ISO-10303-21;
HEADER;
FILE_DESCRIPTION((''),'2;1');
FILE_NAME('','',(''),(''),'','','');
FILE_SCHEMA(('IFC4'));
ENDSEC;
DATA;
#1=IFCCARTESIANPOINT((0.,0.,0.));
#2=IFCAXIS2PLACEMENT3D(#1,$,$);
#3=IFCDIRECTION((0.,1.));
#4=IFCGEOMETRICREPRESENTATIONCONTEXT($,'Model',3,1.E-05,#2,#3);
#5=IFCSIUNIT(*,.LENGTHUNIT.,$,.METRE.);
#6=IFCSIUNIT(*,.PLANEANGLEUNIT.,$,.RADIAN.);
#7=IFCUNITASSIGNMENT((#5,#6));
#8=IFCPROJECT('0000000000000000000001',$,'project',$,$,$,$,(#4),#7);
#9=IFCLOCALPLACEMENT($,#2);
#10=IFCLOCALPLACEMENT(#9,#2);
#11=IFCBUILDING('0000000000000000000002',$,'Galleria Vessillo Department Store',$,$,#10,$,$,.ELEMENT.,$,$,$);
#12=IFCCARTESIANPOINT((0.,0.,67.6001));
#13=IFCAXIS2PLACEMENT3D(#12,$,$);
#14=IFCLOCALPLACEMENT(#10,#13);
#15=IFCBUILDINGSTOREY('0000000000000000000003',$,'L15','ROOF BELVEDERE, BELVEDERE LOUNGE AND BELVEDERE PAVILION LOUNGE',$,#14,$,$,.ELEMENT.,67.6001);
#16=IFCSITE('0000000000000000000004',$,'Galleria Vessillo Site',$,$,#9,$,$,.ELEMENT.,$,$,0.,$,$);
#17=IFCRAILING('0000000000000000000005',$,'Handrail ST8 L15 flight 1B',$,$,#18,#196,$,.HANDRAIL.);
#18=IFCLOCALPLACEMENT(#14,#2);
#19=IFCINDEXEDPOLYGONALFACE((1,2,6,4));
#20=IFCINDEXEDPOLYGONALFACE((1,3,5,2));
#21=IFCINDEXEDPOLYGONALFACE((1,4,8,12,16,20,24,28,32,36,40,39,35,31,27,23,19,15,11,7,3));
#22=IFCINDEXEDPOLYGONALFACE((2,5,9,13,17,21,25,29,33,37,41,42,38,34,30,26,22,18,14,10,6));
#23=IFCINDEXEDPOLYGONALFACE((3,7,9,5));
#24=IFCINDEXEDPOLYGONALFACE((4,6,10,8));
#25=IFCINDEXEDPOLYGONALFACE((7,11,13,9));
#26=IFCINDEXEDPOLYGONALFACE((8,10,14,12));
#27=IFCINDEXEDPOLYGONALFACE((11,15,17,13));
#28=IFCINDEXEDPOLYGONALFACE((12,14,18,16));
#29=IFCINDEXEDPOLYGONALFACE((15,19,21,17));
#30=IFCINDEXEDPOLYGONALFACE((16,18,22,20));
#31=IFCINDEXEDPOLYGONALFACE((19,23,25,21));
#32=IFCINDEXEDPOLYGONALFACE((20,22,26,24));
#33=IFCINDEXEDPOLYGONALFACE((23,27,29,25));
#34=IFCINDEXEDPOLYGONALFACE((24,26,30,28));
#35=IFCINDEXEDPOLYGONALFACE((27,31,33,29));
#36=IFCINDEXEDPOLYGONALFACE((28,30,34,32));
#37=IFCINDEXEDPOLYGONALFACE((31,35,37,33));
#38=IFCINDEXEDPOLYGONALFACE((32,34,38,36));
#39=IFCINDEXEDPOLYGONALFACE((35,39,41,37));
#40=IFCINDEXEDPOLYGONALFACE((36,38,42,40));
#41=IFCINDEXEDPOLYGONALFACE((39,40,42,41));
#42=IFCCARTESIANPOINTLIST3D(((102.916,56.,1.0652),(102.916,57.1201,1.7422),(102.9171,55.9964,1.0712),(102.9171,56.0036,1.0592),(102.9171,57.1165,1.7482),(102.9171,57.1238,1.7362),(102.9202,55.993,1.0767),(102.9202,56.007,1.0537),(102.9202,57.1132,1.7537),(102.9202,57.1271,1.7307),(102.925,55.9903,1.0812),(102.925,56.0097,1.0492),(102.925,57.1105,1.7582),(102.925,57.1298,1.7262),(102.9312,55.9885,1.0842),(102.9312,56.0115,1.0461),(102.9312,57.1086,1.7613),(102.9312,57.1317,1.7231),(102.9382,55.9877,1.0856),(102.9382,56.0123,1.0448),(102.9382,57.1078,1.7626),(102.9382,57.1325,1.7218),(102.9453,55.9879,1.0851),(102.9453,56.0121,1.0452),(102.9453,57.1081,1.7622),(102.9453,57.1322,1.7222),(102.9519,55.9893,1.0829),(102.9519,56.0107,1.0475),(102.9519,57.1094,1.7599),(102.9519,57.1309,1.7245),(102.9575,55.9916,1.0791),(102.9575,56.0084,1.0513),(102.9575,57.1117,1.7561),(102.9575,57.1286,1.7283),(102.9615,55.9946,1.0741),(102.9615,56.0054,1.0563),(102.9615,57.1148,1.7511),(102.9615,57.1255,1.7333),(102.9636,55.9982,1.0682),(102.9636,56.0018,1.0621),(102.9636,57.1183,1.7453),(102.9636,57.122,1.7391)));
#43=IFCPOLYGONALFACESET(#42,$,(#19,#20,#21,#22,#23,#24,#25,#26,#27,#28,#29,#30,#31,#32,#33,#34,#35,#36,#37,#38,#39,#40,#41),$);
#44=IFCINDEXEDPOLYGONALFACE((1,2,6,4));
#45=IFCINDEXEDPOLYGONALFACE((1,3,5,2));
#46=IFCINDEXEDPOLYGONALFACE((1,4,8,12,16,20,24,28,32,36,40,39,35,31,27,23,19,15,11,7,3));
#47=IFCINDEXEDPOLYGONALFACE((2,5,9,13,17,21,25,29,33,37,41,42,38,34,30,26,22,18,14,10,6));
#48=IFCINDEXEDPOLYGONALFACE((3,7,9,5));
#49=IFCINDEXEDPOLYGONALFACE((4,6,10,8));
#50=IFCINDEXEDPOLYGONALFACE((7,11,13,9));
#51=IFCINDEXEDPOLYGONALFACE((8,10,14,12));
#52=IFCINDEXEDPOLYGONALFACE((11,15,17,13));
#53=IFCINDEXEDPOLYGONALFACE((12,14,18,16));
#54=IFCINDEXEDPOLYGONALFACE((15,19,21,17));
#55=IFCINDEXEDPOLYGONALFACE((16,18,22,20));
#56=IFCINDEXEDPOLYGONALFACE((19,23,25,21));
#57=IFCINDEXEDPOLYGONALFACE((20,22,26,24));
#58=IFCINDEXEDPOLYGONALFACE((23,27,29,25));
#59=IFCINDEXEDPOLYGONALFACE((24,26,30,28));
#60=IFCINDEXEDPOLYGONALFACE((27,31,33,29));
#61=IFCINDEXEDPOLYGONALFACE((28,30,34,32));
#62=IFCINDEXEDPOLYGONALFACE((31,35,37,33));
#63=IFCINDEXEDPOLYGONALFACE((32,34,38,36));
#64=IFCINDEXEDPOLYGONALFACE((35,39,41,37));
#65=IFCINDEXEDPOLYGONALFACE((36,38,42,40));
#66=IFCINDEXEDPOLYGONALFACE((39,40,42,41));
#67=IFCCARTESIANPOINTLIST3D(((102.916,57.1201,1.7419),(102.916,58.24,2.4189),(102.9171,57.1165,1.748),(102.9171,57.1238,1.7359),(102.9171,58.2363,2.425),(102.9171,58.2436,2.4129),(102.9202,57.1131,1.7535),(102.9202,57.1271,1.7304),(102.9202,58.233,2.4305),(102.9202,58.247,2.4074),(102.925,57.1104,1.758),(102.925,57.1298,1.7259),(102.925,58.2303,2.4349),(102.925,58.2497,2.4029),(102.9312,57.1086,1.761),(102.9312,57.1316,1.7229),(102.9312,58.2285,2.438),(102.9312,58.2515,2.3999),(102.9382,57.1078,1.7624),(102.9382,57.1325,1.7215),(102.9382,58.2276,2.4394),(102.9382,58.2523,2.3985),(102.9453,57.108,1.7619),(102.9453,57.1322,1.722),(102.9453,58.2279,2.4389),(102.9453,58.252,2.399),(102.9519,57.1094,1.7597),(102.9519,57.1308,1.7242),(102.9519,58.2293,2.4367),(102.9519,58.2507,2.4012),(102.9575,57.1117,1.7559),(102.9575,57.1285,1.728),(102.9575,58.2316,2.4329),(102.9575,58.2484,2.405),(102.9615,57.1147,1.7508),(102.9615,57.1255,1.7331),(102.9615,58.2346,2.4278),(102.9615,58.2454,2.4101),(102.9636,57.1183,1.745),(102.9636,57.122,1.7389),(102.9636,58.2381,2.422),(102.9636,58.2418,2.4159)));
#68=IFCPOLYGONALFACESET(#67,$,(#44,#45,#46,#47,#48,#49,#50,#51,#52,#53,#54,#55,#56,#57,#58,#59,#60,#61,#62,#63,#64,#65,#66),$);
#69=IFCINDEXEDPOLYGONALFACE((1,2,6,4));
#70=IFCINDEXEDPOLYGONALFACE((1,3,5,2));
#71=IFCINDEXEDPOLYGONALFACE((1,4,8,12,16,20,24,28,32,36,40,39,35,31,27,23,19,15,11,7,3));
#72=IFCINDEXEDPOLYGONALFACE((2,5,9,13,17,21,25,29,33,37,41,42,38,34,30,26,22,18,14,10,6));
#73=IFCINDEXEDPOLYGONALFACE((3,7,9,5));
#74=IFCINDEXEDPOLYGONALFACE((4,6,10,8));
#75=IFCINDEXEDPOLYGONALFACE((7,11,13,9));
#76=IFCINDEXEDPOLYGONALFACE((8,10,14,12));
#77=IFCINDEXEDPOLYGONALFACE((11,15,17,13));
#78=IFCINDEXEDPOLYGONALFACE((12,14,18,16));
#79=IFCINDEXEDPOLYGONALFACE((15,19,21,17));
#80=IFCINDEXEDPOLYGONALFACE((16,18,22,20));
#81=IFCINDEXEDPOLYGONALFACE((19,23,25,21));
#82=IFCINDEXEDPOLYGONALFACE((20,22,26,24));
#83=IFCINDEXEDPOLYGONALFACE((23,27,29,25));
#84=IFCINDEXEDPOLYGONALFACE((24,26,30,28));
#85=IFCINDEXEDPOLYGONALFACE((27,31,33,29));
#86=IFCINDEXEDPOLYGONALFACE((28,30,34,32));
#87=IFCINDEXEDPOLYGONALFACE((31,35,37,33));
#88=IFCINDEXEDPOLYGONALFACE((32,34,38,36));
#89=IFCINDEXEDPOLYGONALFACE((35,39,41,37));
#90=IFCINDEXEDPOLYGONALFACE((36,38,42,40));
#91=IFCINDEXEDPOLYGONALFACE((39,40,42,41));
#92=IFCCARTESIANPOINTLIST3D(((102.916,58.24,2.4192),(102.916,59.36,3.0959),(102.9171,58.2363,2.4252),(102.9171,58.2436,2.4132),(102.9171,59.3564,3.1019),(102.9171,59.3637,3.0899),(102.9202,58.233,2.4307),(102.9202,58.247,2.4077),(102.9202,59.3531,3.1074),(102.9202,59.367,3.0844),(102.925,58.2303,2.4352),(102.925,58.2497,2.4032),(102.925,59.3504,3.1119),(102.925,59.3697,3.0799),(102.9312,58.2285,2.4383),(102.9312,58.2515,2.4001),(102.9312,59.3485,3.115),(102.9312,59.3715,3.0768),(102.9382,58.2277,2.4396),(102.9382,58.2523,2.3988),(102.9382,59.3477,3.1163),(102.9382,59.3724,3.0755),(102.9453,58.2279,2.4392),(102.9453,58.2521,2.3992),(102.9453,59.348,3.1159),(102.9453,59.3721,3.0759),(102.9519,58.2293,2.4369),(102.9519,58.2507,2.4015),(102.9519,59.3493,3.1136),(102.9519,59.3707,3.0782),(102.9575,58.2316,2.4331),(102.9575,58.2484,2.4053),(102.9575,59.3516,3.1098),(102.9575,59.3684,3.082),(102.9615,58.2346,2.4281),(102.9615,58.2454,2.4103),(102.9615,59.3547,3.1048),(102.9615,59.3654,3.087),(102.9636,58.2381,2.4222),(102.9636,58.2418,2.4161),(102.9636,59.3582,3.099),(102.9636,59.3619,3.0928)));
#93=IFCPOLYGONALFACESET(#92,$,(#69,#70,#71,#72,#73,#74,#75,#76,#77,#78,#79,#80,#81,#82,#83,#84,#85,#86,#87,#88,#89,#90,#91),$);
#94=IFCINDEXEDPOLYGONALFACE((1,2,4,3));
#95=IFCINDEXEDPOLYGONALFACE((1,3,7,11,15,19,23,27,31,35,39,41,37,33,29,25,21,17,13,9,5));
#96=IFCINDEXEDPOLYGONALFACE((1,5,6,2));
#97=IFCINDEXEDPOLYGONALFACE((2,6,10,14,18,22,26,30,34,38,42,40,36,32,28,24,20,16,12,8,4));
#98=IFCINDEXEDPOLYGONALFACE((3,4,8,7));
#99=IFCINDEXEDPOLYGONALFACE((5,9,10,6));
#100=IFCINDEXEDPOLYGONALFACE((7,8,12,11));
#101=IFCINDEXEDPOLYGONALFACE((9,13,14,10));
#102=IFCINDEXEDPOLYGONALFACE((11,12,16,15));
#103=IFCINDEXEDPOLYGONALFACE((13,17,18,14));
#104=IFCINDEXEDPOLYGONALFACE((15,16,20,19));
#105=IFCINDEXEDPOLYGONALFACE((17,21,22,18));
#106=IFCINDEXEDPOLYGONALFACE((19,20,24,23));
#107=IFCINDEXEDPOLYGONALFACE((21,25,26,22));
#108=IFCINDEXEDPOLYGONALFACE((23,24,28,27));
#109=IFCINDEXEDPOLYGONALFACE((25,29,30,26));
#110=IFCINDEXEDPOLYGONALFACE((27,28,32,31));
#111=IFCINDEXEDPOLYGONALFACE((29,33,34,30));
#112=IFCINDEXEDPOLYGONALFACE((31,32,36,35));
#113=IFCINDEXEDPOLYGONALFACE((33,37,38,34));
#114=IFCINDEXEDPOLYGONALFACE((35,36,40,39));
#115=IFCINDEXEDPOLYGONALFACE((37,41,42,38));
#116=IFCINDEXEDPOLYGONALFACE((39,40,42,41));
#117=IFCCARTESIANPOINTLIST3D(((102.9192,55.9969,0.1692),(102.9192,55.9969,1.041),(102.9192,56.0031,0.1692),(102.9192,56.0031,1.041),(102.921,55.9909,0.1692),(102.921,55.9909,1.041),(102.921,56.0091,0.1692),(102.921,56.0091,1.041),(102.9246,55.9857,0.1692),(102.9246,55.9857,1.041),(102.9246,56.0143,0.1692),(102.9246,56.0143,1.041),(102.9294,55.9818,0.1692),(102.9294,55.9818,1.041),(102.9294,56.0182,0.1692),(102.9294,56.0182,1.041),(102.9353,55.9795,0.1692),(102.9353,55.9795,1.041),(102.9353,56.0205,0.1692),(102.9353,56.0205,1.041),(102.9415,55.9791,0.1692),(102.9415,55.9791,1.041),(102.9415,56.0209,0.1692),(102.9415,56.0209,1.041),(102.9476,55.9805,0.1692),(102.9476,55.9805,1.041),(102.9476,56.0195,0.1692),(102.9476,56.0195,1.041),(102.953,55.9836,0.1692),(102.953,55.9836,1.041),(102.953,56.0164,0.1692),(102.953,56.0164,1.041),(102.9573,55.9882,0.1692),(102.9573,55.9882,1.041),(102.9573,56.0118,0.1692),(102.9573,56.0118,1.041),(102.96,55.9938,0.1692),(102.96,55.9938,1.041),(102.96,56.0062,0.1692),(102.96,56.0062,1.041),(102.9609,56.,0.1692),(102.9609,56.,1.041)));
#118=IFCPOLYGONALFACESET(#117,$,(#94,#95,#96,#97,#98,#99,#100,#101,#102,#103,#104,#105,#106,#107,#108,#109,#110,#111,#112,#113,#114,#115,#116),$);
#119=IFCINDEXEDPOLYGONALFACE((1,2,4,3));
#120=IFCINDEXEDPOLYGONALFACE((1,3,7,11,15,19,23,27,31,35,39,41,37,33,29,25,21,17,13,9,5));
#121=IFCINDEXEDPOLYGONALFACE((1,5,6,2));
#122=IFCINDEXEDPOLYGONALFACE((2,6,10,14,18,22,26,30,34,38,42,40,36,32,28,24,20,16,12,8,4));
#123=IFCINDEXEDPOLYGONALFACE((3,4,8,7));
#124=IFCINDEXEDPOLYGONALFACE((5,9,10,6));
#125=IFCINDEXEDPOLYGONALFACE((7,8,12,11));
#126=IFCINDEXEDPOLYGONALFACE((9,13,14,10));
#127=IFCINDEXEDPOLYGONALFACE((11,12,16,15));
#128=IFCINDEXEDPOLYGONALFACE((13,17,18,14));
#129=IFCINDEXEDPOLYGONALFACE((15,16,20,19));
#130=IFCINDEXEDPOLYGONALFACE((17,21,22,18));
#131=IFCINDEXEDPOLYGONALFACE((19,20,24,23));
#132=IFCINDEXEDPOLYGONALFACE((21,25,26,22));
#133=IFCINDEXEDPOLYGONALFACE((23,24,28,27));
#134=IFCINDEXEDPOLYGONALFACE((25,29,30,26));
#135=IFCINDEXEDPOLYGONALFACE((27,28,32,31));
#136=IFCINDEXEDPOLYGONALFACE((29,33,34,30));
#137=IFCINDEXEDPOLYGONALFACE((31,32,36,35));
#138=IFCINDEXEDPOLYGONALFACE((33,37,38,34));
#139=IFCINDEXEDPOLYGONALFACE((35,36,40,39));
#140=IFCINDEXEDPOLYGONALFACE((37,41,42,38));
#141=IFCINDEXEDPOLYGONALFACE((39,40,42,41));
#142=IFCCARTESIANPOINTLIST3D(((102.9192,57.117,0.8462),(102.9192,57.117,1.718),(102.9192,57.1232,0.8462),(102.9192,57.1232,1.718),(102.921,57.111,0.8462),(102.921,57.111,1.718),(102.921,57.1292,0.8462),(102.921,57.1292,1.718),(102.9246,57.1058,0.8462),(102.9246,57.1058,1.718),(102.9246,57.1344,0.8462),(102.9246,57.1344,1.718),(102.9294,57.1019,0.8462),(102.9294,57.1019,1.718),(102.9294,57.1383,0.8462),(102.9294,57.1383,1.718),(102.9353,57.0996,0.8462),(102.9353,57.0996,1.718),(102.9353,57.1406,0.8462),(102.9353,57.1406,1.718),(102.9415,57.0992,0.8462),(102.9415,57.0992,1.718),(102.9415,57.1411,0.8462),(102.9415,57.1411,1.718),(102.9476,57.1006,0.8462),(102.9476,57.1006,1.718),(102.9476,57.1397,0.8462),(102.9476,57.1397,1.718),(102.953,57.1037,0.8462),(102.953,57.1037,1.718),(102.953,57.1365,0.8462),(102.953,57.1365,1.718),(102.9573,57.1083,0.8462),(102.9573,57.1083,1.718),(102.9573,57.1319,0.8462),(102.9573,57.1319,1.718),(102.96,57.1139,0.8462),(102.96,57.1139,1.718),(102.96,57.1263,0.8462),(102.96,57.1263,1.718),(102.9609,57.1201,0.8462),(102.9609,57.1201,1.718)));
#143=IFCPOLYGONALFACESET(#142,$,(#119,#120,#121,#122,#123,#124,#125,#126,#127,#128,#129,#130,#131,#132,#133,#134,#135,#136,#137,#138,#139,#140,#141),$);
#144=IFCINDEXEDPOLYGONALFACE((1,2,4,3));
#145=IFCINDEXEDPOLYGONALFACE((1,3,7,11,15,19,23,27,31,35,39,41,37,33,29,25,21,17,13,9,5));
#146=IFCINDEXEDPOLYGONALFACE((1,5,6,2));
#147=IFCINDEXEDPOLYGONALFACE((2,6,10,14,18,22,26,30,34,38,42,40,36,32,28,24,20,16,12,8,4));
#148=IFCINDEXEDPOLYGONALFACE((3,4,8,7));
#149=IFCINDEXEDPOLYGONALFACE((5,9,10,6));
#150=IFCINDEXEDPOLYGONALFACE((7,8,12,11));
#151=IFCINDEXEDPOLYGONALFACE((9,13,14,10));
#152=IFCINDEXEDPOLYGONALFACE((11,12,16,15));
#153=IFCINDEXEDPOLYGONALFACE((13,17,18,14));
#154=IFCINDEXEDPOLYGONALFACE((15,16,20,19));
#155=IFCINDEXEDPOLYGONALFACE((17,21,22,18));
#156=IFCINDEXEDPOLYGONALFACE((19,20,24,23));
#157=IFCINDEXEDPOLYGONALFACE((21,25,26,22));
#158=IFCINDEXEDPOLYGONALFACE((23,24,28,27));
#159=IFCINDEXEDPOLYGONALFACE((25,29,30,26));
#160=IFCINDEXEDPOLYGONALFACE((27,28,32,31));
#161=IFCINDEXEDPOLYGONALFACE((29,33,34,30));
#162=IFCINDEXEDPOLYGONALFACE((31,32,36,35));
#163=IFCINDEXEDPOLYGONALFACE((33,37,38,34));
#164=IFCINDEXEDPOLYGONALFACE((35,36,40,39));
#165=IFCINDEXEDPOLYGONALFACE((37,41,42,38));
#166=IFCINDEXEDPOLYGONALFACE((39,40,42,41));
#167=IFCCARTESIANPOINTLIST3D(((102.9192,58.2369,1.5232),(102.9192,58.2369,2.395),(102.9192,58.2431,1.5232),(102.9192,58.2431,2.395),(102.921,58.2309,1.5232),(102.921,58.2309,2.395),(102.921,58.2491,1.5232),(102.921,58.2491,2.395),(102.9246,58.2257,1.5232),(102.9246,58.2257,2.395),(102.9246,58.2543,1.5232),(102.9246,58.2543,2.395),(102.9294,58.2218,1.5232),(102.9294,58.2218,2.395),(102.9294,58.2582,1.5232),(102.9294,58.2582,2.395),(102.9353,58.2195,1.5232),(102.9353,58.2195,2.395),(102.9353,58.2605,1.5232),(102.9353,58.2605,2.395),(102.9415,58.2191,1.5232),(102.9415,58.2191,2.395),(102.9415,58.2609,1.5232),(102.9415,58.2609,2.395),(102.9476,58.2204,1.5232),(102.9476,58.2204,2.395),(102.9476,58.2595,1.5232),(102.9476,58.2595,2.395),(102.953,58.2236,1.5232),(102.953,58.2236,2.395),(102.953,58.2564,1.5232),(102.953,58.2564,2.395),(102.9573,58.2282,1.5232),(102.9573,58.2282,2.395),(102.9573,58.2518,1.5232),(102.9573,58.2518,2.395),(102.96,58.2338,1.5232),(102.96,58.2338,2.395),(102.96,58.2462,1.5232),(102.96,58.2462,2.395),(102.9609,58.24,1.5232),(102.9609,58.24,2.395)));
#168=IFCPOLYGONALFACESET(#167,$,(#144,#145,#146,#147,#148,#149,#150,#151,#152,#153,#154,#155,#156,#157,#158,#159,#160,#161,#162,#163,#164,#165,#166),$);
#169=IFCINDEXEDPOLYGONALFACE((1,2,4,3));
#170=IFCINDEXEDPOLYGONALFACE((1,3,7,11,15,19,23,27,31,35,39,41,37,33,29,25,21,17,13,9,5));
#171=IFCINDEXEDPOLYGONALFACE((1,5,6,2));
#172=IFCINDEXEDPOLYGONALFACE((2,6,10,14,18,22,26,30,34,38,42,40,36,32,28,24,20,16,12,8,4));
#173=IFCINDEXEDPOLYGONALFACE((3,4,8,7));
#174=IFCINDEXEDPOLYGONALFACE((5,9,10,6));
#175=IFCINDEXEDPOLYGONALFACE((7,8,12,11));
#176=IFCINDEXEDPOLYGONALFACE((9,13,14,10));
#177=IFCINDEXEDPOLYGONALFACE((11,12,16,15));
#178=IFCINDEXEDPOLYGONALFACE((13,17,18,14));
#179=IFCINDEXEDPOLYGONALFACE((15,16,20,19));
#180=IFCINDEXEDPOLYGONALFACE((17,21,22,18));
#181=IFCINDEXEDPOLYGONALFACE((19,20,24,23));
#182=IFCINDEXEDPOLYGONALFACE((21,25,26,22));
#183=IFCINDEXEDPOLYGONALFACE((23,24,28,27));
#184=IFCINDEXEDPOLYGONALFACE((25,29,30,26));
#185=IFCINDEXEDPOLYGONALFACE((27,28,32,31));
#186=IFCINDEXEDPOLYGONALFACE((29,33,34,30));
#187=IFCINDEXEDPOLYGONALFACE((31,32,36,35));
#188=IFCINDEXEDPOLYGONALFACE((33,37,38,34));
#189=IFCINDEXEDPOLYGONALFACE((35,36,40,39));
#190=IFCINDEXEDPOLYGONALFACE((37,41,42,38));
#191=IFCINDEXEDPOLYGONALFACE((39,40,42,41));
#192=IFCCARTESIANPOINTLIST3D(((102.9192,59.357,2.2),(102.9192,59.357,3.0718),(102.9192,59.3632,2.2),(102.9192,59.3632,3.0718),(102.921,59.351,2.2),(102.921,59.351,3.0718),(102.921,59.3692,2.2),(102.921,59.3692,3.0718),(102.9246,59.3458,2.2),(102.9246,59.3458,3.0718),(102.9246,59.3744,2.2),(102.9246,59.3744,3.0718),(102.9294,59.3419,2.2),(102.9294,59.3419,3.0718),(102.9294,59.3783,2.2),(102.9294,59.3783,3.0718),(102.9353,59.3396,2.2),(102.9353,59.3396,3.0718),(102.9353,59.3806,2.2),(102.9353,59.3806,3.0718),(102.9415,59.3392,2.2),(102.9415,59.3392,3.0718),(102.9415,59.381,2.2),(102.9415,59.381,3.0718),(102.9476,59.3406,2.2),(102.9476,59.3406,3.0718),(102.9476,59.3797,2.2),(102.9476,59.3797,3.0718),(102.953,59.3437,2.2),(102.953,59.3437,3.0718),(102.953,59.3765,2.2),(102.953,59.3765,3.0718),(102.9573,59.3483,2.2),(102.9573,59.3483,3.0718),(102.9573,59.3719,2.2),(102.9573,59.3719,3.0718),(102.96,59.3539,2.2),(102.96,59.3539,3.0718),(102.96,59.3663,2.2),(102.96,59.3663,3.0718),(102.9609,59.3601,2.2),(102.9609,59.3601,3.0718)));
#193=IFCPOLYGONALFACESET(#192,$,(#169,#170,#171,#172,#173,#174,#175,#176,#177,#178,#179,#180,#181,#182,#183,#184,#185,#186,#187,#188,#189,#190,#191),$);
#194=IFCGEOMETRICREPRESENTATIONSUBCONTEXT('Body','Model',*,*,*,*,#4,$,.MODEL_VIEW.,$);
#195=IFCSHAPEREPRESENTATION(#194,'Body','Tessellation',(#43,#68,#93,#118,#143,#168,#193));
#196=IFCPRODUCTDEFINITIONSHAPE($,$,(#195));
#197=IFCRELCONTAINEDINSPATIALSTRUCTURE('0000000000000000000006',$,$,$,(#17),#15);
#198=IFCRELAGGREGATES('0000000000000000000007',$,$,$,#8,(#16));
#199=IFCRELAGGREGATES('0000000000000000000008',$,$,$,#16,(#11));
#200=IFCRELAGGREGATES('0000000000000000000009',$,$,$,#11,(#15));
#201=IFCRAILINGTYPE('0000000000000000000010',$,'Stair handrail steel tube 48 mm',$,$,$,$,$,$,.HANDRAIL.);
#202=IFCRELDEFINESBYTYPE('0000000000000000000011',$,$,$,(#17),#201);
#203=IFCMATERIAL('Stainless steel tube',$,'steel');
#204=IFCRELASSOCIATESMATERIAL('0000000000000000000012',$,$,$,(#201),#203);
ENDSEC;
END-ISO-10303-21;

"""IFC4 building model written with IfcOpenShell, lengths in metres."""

from ifc_helpers import new_model, si_unit, direction, frame, origin, origin_2d, place, context, subcontext, project, spatial, circle, extrude, material, type_object, element, save


model = new_model("IFC4")

# Units and contexts
model_context = context("Model", 3, precision=1e-05, world=origin(), true_north=direction((0.0, 1.0)))
body_context = subcontext(model_context, "Body", "Model", "MODEL_VIEW")
ifc_project = project(units=[si_unit("LENGTHUNIT", "METRE"), si_unit("PLANEANGLEUNIT", "RADIAN")], contexts=[model_context])

# Site, building, storey
site_placement = place(None, origin())
site = spatial("IfcSite", under=ifc_project, at=site_placement, Name="Galleria Vessillo Site", CompositionType="ELEMENT", RefElevation=0.0)
building_placement = place(site_placement, origin())
building = spatial("IfcBuilding", under=site, at=building_placement, Name="Galleria Vessillo Department Store", CompositionType="ELEMENT")
storey_placement = place(building_placement, frame((0.0, 0.0, 67.6001)))
storey = spatial("IfcBuildingStorey", under=building, at=storey_placement, Name="L15", Description="ROOF BELVEDERE, BELVEDERE LOUNGE AND BELVEDERE PAVILION LOUNGE", CompositionType="ELEMENT", Elevation=67.6001)

# Railing
ifc_material_1 = material(Name="Stainless steel tube", Category="steel")
railing_type_1 = type_object("IfcRailingType", Name="Stair handrail steel tube 48 mm", PredefinedType="HANDRAIL", material=ifc_material_1)
for number, where, name in (
    (1, (102.9399, 56.0, 0.1692), "Handrail ST8 L15 flight 1B"),
):
    element("IfcRailing", number, at=place(storey_placement, frame(where)), inside=storey, type_object=railing_type_1, Name=name, PredefinedType="HANDRAIL", context=body_context, shape_type="SweptSolid", body=[
        extrude(circle(Radius=0.0239, at=origin_2d()), frame((0.0, 0.0, 0.896), z_axis=(0.0, 0.855826, 0.517264), x_axis=(-1.0, 0.0, 0.0)), (0.0, 0.0, 1.0), 1.3088),
        extrude(circle(Radius=0.0239, at=origin_2d()), frame((0.0, 1.1201, 1.5728), z_axis=(0.0, 0.855776, 0.517346), x_axis=(-1.0, 0.0, 0.0)), (0.0, 0.0, 1.0), 1.3086),
        extrude(circle(Radius=0.0239, at=origin_2d()), frame((0.0, 2.24, 2.25), z_axis=(0.0, 0.855909, 0.517127), x_axis=(-1.0, 0.0, 0.0)), (0.0, 0.0, 1.0), 1.3086),
        extrude(circle(Radius=0.021, at=origin_2d()), origin(), (0.0, 0.0, 1.0), 0.8718),
        extrude(circle(Radius=0.021, at=origin_2d()), frame((0.0, 1.1201, 0.677)), (0.0, 0.0, 1.0), 0.8718),
        extrude(circle(Radius=0.021, at=origin_2d()), frame((0.0, 2.24, 1.354)), (0.0, 0.0, 1.0), 0.8718),
        extrude(circle(Radius=0.021, at=origin_2d()), frame((0.0, 3.3601, 2.0308)), (0.0, 0.0, 1.0), 0.8718),
    ])

save(model, "model.ifc")
